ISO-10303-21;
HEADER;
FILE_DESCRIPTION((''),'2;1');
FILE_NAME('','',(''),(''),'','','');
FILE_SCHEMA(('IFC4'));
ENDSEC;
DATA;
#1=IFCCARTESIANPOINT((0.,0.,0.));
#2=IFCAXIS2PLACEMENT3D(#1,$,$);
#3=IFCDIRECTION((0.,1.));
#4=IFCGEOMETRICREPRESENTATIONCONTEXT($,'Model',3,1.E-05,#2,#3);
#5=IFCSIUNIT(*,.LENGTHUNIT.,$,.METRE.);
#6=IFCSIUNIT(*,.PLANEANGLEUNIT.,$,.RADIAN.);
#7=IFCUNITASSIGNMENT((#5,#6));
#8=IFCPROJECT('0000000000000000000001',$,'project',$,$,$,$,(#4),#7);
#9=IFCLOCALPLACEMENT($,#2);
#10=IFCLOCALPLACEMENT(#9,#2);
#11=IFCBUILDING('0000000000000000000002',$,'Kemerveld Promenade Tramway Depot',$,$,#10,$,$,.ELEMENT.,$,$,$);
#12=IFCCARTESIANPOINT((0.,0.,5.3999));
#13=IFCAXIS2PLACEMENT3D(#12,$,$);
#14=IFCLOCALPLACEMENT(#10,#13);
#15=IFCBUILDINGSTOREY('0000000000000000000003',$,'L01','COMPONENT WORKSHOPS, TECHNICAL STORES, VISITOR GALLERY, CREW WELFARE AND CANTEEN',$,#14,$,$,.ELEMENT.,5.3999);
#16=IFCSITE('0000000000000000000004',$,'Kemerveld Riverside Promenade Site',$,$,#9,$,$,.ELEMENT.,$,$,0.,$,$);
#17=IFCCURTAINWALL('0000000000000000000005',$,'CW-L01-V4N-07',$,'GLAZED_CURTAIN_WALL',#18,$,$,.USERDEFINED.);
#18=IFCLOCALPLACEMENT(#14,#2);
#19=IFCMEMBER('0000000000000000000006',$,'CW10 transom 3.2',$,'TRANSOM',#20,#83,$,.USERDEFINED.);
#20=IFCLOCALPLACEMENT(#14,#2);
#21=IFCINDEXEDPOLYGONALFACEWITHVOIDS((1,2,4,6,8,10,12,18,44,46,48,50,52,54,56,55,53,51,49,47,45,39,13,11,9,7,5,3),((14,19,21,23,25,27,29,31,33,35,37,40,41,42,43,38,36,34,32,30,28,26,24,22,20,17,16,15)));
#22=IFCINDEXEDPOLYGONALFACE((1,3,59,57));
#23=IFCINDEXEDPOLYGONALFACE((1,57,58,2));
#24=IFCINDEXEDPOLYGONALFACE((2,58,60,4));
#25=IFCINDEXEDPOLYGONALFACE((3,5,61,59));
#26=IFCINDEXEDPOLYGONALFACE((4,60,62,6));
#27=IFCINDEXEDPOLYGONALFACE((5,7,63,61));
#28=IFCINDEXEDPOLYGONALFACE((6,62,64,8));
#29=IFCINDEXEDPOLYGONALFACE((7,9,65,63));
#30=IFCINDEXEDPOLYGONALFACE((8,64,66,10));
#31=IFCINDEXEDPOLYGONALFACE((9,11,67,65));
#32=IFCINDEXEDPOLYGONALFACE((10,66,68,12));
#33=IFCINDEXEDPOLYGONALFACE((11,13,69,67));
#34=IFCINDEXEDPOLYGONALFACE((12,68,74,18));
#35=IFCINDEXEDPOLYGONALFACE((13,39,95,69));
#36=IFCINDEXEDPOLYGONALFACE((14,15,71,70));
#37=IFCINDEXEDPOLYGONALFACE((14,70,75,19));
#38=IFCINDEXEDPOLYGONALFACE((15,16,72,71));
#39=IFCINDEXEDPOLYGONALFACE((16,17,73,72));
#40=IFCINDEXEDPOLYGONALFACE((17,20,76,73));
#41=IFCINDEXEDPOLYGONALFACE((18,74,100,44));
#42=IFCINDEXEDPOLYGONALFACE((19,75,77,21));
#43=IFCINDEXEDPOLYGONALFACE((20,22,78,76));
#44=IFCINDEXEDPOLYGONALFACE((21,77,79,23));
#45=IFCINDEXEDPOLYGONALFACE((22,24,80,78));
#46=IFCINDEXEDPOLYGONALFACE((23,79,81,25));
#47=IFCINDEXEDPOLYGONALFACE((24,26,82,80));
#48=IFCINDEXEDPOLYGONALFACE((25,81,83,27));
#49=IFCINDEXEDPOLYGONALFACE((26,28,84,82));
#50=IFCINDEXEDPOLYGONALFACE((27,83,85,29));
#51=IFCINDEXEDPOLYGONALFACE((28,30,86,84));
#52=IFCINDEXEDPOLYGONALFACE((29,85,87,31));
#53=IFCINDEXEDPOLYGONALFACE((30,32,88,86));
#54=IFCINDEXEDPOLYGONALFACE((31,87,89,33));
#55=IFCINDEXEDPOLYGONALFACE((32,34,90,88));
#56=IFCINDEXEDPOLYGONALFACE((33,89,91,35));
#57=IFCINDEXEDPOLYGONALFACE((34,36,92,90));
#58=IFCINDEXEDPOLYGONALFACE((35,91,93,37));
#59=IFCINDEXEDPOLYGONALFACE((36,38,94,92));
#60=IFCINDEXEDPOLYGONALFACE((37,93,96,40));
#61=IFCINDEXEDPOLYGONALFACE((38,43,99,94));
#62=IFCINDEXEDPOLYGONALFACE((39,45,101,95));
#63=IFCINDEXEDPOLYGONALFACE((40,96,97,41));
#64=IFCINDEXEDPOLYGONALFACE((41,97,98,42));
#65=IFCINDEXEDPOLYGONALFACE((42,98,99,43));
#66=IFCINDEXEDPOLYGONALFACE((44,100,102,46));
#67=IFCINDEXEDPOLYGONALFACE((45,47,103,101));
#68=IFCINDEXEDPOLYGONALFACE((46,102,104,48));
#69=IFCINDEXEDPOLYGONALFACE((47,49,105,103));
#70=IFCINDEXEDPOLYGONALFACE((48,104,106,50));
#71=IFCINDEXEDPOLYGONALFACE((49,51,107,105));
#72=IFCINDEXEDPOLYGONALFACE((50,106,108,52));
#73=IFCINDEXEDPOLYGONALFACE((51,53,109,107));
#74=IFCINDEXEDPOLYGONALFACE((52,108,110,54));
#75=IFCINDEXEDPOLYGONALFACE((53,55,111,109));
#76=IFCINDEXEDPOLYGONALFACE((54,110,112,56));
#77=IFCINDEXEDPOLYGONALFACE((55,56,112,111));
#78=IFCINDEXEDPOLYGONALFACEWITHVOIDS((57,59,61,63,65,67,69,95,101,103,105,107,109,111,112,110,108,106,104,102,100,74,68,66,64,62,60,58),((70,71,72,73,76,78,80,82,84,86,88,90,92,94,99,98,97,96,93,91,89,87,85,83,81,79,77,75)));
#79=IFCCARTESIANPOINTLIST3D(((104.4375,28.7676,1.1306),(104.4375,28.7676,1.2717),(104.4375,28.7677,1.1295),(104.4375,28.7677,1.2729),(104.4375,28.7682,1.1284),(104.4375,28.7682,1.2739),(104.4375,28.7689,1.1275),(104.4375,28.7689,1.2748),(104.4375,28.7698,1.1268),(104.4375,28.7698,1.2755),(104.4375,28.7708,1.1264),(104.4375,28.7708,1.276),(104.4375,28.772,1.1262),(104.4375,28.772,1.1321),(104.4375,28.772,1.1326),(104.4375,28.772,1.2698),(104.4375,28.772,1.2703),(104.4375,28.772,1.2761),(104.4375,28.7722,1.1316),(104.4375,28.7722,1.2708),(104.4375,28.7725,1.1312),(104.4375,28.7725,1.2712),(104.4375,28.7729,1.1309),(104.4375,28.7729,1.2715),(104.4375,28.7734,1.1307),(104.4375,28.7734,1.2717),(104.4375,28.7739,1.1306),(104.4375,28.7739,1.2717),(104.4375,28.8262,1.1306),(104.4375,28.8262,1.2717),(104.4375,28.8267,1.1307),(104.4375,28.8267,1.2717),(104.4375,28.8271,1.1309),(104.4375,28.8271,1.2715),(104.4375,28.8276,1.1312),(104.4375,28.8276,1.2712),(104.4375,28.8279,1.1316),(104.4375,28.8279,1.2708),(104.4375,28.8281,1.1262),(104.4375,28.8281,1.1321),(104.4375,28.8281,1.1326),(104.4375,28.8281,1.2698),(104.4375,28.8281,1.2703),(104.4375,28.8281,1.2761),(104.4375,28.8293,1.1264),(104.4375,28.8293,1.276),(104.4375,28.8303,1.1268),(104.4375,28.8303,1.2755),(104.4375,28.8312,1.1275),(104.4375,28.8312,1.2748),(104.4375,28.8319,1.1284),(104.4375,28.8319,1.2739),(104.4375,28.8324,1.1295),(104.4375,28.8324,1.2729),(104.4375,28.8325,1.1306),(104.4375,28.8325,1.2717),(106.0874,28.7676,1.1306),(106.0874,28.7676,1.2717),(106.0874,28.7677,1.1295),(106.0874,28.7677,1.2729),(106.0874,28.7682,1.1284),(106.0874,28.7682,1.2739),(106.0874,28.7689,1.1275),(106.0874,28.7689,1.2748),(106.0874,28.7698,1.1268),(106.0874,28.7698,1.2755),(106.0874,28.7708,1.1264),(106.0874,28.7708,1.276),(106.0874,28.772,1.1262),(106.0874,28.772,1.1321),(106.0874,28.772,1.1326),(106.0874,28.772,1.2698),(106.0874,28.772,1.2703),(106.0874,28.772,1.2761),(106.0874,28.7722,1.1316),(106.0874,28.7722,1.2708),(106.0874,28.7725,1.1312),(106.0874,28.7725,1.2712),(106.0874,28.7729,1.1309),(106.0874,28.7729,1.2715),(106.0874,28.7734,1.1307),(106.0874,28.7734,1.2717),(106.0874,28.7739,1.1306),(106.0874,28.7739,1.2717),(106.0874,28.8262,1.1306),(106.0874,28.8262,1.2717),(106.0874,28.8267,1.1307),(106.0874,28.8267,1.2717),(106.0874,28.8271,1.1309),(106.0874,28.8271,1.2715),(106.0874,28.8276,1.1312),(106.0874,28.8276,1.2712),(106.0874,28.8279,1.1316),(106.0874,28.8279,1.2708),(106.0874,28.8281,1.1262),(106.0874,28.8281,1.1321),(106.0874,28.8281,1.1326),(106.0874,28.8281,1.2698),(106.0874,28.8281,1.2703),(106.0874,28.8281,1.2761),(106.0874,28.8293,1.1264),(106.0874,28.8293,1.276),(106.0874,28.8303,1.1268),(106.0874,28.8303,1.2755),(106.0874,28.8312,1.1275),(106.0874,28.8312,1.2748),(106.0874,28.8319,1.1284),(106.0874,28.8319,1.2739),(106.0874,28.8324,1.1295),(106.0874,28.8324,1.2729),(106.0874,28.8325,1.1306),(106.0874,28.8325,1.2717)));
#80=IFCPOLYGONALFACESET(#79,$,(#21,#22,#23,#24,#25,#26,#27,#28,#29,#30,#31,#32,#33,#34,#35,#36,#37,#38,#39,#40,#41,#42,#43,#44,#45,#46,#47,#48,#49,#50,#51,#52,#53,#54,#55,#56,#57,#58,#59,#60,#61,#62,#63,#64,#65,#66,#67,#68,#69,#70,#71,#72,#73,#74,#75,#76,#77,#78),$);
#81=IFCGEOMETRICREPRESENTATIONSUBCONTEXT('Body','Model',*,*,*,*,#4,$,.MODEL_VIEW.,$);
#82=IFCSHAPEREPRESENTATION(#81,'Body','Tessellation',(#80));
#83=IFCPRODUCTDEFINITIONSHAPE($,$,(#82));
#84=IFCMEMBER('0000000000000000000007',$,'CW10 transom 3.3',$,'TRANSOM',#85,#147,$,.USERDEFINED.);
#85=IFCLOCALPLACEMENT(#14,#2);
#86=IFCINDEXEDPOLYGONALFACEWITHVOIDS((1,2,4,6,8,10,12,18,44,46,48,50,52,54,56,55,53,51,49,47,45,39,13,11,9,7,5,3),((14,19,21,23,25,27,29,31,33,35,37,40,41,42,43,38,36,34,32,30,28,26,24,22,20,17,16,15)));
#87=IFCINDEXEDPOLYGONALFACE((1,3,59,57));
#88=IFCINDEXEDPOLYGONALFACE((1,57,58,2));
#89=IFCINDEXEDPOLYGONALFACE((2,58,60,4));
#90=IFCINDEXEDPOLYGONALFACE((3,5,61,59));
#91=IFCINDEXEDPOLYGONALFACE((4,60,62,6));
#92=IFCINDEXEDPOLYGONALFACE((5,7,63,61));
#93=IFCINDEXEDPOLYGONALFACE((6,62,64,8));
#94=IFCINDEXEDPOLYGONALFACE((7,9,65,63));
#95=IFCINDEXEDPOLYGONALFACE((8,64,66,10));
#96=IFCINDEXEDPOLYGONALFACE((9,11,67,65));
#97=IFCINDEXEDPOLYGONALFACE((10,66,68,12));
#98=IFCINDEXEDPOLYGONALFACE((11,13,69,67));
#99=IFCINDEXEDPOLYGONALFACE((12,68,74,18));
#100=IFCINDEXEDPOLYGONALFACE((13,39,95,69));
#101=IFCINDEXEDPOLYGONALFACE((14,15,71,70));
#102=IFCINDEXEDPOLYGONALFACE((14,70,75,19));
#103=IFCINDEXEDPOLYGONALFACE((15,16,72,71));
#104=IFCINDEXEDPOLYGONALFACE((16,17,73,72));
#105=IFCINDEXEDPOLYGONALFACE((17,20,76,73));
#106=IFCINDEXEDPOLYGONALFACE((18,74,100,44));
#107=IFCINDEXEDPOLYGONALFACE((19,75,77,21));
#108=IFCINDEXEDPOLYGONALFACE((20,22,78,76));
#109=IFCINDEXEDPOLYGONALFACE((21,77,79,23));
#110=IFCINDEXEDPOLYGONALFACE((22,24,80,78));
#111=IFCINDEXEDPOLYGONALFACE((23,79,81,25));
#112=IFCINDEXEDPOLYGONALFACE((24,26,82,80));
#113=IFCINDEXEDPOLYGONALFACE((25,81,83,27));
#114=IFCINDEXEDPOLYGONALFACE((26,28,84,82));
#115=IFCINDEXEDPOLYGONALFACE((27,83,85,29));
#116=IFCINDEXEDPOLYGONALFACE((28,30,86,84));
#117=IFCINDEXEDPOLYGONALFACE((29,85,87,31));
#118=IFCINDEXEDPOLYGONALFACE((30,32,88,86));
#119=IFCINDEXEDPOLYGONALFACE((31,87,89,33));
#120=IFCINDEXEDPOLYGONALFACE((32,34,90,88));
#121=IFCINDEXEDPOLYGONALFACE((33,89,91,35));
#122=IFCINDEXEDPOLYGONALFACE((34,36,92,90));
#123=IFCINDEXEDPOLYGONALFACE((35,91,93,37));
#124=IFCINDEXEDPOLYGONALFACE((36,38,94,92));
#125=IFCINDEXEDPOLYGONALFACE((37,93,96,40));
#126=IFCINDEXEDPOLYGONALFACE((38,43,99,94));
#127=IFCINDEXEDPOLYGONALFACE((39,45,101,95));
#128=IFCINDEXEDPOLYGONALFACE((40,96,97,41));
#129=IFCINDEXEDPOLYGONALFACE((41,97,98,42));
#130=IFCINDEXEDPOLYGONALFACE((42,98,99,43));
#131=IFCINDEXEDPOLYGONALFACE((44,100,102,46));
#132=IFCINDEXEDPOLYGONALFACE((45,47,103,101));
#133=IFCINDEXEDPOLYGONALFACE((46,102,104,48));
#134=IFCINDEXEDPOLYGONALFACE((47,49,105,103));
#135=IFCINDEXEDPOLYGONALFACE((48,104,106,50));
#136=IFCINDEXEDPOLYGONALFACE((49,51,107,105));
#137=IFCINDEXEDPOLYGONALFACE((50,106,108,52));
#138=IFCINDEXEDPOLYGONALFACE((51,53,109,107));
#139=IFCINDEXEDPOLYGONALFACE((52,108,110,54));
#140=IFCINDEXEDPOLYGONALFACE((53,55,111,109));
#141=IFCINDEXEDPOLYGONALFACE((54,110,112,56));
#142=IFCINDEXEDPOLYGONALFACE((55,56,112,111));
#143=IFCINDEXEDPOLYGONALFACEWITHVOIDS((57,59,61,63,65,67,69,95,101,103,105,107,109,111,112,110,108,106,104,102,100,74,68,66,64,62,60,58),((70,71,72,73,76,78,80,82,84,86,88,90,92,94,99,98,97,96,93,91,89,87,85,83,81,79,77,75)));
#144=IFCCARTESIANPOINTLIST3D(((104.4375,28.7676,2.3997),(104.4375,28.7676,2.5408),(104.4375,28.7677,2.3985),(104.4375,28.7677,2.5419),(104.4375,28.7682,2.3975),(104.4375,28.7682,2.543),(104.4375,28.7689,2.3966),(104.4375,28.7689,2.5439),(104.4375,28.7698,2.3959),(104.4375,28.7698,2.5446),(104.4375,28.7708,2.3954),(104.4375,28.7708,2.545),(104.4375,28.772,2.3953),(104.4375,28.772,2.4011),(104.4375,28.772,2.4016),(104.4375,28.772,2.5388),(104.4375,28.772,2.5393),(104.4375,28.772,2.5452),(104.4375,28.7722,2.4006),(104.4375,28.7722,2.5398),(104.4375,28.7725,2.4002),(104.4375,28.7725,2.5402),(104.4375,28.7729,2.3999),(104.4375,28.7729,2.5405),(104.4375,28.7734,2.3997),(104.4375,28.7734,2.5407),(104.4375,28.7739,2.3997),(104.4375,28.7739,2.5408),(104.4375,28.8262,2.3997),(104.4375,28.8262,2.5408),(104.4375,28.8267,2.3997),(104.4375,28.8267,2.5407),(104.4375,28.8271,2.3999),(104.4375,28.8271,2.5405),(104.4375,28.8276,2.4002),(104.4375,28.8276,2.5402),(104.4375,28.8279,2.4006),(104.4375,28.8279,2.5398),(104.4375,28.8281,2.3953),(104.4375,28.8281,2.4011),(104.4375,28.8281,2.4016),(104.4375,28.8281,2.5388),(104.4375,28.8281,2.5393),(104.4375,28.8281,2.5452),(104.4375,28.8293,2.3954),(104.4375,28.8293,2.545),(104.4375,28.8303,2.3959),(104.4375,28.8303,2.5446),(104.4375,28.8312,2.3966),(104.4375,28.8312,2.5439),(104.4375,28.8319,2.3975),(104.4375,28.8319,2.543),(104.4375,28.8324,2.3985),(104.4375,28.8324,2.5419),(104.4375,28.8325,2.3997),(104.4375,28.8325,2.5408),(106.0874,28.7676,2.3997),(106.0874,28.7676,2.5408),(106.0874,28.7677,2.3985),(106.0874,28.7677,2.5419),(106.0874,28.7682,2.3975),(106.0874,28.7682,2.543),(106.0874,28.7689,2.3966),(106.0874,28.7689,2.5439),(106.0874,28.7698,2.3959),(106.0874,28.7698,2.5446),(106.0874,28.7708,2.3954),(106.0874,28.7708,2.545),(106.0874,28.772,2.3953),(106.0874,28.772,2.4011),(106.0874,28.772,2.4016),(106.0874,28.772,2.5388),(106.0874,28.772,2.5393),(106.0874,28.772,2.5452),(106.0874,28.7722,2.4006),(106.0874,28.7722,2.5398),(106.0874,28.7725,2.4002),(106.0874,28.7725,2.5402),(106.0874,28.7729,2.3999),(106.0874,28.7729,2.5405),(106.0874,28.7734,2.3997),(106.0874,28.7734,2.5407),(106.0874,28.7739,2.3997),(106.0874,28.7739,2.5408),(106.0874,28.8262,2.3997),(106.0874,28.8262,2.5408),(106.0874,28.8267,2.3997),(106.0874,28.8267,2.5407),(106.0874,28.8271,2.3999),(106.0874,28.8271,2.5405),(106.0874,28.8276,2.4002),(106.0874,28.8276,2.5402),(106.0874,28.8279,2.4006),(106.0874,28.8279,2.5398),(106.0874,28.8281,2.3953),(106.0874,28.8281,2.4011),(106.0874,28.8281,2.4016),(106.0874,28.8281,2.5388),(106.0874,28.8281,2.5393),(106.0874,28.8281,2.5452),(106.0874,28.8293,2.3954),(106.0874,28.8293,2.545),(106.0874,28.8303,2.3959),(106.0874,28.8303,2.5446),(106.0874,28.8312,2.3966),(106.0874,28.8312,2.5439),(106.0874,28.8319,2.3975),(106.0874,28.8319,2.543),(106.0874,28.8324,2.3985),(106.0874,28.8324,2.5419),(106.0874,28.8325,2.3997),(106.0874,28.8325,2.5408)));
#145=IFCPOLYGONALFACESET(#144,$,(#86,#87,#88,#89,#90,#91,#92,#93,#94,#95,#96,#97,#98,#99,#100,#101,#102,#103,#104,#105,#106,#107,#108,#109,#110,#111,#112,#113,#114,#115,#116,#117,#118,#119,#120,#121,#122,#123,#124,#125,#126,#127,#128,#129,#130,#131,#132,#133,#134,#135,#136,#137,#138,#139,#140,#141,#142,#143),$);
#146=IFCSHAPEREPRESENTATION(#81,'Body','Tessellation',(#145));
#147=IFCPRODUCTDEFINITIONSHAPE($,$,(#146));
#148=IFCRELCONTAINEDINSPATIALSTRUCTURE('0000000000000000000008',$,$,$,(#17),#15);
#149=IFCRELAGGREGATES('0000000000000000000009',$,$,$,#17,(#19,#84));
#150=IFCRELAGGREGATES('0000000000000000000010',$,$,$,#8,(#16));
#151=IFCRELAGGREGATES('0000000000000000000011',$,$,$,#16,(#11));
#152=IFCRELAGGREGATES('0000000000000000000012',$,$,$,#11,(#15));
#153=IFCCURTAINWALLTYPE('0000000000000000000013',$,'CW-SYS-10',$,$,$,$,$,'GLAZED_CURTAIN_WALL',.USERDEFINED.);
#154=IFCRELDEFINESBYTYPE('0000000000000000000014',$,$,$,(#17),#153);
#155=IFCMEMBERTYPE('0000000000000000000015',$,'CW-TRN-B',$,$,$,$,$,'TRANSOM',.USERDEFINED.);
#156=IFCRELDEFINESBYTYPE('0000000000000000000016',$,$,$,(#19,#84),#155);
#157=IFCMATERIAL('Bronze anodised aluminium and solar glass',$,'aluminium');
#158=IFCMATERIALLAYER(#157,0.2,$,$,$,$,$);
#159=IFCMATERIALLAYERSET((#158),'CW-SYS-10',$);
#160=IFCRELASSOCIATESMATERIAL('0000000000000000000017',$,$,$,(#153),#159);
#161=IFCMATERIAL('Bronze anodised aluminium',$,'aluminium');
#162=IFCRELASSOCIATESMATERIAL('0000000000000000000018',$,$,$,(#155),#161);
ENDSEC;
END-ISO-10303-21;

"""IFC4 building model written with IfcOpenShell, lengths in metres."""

from ifc_helpers import new_model, si_unit, direction, frame, origin, origin_2d, place, context, subcontext, project, spatial, hollow_rectangle, extrude, material, layer, layer_set, material_profile, profile_set, type_object, element, aggregate, save


model = new_model("IFC4")

# Units and contexts
model_context = context("Model", 3, precision=1e-05, world=origin(), true_north=direction((0.0, 1.0)))
body_context = subcontext(model_context, "Body", "Model", "MODEL_VIEW")
ifc_project = project(units=[si_unit("LENGTHUNIT", "METRE"), si_unit("PLANEANGLEUNIT", "RADIAN")], contexts=[model_context])

# Site, building, storey
site_placement = place(None, origin())
site = spatial("IfcSite", under=ifc_project, at=site_placement, Name="Kemerveld Riverside Promenade Site", CompositionType="ELEMENT", RefElevation=0.0)
building_placement = place(site_placement, origin())
building = spatial("IfcBuilding", under=site, at=building_placement, Name="Kemerveld Promenade Tramway Depot", CompositionType="ELEMENT")
storey_placement = place(building_placement, frame((0.0, 0.0, 5.3999)))
storey = spatial("IfcBuildingStorey", under=building, at=storey_placement, Name="L01", Description="COMPONENT WORKSHOPS, TECHNICAL STORES, VISITOR GALLERY, CREW WELFARE AND CANTEEN", CompositionType="ELEMENT", Elevation=5.3999)

# Curtain wall, members
ifc_material_1 = material(Name="Bronze anodised aluminium and solar glass", Category="aluminium")
ifc_layer_1 = layer(ifc_material_1, 0.2)
ifc_layer_set_1 = layer_set([ifc_layer_1], Name="CW-SYS-10")
curtain_wall_type = type_object("IfcCurtainWallType", Name="CW-SYS-10", ElementType="GLAZED_CURTAIN_WALL", PredefinedType="USERDEFINED", material=ifc_layer_set_1)
curtain_wall_placement = place(storey_placement, origin())
curtain_wall = element("IfcCurtainWall", 1, at=curtain_wall_placement, inside=storey, type_object=curtain_wall_type, Name="CW-L01-V4N-07", ObjectType="GLAZED_CURTAIN_WALL", PredefinedType="USERDEFINED")
ifc_material_2 = material(Name="Bronze anodised aluminium", Category="aluminium")
ifc_material_profile_1 = material_profile(ifc_material_2, hollow_rectangle(XDim=0.0649, YDim=0.1499, WallThickness=0.0044, InnerFilletRadius=0.002, OuterFilletRadius=0.0044, at=origin_2d()), Name="CW-TRN-150x65")
ifc_profile_set_1 = profile_set([ifc_material_profile_1], Name="Bronze anodised aluminium")
member_type_1 = type_object("IfcMemberType", Name="CW-TRN-B", ElementType="TRANSOM", PredefinedType="USERDEFINED", material=ifc_profile_set_1)
member_1_placement = place(storey_placement, frame((104.4375, 28.8, 1.2012), z_axis=(1.0, 0.0, 0.0), x_axis=(0.0, 1.0, 0.0)))
member_1 = element("IfcMember", 2, at=member_1_placement, type_object=member_type_1, Name="CW10 transom 3.2", ObjectType="TRANSOM", PredefinedType="USERDEFINED", context=body_context, shape_type="SweptSolid", body=[
    extrude(hollow_rectangle(XDim=0.0649, YDim=0.1499, WallThickness=0.0044, InnerFilletRadius=0.002, OuterFilletRadius=0.0044, at=origin_2d()), origin(), (0.0, 0.0, 1.0), 1.6499),
])
member_2_placement = place(storey_placement, frame((104.4375, 28.8, 2.4702), z_axis=(1.0, 0.0, 0.0), x_axis=(0.0, 1.0, 0.0)))
member_2 = element("IfcMember", 3, at=member_2_placement, type_object=member_type_1, Name="CW10 transom 3.3", ObjectType="TRANSOM", PredefinedType="USERDEFINED", context=body_context, shape_type="SweptSolid", body=[
    extrude(hollow_rectangle(XDim=0.0649, YDim=0.1499, WallThickness=0.0044, InnerFilletRadius=0.002, OuterFilletRadius=0.0044, at=origin_2d()), origin(), (0.0, 0.0, 1.0), 1.6499),
])
aggregate(curtain_wall, [member_1, member_2])

save(model, "model.ifc")
